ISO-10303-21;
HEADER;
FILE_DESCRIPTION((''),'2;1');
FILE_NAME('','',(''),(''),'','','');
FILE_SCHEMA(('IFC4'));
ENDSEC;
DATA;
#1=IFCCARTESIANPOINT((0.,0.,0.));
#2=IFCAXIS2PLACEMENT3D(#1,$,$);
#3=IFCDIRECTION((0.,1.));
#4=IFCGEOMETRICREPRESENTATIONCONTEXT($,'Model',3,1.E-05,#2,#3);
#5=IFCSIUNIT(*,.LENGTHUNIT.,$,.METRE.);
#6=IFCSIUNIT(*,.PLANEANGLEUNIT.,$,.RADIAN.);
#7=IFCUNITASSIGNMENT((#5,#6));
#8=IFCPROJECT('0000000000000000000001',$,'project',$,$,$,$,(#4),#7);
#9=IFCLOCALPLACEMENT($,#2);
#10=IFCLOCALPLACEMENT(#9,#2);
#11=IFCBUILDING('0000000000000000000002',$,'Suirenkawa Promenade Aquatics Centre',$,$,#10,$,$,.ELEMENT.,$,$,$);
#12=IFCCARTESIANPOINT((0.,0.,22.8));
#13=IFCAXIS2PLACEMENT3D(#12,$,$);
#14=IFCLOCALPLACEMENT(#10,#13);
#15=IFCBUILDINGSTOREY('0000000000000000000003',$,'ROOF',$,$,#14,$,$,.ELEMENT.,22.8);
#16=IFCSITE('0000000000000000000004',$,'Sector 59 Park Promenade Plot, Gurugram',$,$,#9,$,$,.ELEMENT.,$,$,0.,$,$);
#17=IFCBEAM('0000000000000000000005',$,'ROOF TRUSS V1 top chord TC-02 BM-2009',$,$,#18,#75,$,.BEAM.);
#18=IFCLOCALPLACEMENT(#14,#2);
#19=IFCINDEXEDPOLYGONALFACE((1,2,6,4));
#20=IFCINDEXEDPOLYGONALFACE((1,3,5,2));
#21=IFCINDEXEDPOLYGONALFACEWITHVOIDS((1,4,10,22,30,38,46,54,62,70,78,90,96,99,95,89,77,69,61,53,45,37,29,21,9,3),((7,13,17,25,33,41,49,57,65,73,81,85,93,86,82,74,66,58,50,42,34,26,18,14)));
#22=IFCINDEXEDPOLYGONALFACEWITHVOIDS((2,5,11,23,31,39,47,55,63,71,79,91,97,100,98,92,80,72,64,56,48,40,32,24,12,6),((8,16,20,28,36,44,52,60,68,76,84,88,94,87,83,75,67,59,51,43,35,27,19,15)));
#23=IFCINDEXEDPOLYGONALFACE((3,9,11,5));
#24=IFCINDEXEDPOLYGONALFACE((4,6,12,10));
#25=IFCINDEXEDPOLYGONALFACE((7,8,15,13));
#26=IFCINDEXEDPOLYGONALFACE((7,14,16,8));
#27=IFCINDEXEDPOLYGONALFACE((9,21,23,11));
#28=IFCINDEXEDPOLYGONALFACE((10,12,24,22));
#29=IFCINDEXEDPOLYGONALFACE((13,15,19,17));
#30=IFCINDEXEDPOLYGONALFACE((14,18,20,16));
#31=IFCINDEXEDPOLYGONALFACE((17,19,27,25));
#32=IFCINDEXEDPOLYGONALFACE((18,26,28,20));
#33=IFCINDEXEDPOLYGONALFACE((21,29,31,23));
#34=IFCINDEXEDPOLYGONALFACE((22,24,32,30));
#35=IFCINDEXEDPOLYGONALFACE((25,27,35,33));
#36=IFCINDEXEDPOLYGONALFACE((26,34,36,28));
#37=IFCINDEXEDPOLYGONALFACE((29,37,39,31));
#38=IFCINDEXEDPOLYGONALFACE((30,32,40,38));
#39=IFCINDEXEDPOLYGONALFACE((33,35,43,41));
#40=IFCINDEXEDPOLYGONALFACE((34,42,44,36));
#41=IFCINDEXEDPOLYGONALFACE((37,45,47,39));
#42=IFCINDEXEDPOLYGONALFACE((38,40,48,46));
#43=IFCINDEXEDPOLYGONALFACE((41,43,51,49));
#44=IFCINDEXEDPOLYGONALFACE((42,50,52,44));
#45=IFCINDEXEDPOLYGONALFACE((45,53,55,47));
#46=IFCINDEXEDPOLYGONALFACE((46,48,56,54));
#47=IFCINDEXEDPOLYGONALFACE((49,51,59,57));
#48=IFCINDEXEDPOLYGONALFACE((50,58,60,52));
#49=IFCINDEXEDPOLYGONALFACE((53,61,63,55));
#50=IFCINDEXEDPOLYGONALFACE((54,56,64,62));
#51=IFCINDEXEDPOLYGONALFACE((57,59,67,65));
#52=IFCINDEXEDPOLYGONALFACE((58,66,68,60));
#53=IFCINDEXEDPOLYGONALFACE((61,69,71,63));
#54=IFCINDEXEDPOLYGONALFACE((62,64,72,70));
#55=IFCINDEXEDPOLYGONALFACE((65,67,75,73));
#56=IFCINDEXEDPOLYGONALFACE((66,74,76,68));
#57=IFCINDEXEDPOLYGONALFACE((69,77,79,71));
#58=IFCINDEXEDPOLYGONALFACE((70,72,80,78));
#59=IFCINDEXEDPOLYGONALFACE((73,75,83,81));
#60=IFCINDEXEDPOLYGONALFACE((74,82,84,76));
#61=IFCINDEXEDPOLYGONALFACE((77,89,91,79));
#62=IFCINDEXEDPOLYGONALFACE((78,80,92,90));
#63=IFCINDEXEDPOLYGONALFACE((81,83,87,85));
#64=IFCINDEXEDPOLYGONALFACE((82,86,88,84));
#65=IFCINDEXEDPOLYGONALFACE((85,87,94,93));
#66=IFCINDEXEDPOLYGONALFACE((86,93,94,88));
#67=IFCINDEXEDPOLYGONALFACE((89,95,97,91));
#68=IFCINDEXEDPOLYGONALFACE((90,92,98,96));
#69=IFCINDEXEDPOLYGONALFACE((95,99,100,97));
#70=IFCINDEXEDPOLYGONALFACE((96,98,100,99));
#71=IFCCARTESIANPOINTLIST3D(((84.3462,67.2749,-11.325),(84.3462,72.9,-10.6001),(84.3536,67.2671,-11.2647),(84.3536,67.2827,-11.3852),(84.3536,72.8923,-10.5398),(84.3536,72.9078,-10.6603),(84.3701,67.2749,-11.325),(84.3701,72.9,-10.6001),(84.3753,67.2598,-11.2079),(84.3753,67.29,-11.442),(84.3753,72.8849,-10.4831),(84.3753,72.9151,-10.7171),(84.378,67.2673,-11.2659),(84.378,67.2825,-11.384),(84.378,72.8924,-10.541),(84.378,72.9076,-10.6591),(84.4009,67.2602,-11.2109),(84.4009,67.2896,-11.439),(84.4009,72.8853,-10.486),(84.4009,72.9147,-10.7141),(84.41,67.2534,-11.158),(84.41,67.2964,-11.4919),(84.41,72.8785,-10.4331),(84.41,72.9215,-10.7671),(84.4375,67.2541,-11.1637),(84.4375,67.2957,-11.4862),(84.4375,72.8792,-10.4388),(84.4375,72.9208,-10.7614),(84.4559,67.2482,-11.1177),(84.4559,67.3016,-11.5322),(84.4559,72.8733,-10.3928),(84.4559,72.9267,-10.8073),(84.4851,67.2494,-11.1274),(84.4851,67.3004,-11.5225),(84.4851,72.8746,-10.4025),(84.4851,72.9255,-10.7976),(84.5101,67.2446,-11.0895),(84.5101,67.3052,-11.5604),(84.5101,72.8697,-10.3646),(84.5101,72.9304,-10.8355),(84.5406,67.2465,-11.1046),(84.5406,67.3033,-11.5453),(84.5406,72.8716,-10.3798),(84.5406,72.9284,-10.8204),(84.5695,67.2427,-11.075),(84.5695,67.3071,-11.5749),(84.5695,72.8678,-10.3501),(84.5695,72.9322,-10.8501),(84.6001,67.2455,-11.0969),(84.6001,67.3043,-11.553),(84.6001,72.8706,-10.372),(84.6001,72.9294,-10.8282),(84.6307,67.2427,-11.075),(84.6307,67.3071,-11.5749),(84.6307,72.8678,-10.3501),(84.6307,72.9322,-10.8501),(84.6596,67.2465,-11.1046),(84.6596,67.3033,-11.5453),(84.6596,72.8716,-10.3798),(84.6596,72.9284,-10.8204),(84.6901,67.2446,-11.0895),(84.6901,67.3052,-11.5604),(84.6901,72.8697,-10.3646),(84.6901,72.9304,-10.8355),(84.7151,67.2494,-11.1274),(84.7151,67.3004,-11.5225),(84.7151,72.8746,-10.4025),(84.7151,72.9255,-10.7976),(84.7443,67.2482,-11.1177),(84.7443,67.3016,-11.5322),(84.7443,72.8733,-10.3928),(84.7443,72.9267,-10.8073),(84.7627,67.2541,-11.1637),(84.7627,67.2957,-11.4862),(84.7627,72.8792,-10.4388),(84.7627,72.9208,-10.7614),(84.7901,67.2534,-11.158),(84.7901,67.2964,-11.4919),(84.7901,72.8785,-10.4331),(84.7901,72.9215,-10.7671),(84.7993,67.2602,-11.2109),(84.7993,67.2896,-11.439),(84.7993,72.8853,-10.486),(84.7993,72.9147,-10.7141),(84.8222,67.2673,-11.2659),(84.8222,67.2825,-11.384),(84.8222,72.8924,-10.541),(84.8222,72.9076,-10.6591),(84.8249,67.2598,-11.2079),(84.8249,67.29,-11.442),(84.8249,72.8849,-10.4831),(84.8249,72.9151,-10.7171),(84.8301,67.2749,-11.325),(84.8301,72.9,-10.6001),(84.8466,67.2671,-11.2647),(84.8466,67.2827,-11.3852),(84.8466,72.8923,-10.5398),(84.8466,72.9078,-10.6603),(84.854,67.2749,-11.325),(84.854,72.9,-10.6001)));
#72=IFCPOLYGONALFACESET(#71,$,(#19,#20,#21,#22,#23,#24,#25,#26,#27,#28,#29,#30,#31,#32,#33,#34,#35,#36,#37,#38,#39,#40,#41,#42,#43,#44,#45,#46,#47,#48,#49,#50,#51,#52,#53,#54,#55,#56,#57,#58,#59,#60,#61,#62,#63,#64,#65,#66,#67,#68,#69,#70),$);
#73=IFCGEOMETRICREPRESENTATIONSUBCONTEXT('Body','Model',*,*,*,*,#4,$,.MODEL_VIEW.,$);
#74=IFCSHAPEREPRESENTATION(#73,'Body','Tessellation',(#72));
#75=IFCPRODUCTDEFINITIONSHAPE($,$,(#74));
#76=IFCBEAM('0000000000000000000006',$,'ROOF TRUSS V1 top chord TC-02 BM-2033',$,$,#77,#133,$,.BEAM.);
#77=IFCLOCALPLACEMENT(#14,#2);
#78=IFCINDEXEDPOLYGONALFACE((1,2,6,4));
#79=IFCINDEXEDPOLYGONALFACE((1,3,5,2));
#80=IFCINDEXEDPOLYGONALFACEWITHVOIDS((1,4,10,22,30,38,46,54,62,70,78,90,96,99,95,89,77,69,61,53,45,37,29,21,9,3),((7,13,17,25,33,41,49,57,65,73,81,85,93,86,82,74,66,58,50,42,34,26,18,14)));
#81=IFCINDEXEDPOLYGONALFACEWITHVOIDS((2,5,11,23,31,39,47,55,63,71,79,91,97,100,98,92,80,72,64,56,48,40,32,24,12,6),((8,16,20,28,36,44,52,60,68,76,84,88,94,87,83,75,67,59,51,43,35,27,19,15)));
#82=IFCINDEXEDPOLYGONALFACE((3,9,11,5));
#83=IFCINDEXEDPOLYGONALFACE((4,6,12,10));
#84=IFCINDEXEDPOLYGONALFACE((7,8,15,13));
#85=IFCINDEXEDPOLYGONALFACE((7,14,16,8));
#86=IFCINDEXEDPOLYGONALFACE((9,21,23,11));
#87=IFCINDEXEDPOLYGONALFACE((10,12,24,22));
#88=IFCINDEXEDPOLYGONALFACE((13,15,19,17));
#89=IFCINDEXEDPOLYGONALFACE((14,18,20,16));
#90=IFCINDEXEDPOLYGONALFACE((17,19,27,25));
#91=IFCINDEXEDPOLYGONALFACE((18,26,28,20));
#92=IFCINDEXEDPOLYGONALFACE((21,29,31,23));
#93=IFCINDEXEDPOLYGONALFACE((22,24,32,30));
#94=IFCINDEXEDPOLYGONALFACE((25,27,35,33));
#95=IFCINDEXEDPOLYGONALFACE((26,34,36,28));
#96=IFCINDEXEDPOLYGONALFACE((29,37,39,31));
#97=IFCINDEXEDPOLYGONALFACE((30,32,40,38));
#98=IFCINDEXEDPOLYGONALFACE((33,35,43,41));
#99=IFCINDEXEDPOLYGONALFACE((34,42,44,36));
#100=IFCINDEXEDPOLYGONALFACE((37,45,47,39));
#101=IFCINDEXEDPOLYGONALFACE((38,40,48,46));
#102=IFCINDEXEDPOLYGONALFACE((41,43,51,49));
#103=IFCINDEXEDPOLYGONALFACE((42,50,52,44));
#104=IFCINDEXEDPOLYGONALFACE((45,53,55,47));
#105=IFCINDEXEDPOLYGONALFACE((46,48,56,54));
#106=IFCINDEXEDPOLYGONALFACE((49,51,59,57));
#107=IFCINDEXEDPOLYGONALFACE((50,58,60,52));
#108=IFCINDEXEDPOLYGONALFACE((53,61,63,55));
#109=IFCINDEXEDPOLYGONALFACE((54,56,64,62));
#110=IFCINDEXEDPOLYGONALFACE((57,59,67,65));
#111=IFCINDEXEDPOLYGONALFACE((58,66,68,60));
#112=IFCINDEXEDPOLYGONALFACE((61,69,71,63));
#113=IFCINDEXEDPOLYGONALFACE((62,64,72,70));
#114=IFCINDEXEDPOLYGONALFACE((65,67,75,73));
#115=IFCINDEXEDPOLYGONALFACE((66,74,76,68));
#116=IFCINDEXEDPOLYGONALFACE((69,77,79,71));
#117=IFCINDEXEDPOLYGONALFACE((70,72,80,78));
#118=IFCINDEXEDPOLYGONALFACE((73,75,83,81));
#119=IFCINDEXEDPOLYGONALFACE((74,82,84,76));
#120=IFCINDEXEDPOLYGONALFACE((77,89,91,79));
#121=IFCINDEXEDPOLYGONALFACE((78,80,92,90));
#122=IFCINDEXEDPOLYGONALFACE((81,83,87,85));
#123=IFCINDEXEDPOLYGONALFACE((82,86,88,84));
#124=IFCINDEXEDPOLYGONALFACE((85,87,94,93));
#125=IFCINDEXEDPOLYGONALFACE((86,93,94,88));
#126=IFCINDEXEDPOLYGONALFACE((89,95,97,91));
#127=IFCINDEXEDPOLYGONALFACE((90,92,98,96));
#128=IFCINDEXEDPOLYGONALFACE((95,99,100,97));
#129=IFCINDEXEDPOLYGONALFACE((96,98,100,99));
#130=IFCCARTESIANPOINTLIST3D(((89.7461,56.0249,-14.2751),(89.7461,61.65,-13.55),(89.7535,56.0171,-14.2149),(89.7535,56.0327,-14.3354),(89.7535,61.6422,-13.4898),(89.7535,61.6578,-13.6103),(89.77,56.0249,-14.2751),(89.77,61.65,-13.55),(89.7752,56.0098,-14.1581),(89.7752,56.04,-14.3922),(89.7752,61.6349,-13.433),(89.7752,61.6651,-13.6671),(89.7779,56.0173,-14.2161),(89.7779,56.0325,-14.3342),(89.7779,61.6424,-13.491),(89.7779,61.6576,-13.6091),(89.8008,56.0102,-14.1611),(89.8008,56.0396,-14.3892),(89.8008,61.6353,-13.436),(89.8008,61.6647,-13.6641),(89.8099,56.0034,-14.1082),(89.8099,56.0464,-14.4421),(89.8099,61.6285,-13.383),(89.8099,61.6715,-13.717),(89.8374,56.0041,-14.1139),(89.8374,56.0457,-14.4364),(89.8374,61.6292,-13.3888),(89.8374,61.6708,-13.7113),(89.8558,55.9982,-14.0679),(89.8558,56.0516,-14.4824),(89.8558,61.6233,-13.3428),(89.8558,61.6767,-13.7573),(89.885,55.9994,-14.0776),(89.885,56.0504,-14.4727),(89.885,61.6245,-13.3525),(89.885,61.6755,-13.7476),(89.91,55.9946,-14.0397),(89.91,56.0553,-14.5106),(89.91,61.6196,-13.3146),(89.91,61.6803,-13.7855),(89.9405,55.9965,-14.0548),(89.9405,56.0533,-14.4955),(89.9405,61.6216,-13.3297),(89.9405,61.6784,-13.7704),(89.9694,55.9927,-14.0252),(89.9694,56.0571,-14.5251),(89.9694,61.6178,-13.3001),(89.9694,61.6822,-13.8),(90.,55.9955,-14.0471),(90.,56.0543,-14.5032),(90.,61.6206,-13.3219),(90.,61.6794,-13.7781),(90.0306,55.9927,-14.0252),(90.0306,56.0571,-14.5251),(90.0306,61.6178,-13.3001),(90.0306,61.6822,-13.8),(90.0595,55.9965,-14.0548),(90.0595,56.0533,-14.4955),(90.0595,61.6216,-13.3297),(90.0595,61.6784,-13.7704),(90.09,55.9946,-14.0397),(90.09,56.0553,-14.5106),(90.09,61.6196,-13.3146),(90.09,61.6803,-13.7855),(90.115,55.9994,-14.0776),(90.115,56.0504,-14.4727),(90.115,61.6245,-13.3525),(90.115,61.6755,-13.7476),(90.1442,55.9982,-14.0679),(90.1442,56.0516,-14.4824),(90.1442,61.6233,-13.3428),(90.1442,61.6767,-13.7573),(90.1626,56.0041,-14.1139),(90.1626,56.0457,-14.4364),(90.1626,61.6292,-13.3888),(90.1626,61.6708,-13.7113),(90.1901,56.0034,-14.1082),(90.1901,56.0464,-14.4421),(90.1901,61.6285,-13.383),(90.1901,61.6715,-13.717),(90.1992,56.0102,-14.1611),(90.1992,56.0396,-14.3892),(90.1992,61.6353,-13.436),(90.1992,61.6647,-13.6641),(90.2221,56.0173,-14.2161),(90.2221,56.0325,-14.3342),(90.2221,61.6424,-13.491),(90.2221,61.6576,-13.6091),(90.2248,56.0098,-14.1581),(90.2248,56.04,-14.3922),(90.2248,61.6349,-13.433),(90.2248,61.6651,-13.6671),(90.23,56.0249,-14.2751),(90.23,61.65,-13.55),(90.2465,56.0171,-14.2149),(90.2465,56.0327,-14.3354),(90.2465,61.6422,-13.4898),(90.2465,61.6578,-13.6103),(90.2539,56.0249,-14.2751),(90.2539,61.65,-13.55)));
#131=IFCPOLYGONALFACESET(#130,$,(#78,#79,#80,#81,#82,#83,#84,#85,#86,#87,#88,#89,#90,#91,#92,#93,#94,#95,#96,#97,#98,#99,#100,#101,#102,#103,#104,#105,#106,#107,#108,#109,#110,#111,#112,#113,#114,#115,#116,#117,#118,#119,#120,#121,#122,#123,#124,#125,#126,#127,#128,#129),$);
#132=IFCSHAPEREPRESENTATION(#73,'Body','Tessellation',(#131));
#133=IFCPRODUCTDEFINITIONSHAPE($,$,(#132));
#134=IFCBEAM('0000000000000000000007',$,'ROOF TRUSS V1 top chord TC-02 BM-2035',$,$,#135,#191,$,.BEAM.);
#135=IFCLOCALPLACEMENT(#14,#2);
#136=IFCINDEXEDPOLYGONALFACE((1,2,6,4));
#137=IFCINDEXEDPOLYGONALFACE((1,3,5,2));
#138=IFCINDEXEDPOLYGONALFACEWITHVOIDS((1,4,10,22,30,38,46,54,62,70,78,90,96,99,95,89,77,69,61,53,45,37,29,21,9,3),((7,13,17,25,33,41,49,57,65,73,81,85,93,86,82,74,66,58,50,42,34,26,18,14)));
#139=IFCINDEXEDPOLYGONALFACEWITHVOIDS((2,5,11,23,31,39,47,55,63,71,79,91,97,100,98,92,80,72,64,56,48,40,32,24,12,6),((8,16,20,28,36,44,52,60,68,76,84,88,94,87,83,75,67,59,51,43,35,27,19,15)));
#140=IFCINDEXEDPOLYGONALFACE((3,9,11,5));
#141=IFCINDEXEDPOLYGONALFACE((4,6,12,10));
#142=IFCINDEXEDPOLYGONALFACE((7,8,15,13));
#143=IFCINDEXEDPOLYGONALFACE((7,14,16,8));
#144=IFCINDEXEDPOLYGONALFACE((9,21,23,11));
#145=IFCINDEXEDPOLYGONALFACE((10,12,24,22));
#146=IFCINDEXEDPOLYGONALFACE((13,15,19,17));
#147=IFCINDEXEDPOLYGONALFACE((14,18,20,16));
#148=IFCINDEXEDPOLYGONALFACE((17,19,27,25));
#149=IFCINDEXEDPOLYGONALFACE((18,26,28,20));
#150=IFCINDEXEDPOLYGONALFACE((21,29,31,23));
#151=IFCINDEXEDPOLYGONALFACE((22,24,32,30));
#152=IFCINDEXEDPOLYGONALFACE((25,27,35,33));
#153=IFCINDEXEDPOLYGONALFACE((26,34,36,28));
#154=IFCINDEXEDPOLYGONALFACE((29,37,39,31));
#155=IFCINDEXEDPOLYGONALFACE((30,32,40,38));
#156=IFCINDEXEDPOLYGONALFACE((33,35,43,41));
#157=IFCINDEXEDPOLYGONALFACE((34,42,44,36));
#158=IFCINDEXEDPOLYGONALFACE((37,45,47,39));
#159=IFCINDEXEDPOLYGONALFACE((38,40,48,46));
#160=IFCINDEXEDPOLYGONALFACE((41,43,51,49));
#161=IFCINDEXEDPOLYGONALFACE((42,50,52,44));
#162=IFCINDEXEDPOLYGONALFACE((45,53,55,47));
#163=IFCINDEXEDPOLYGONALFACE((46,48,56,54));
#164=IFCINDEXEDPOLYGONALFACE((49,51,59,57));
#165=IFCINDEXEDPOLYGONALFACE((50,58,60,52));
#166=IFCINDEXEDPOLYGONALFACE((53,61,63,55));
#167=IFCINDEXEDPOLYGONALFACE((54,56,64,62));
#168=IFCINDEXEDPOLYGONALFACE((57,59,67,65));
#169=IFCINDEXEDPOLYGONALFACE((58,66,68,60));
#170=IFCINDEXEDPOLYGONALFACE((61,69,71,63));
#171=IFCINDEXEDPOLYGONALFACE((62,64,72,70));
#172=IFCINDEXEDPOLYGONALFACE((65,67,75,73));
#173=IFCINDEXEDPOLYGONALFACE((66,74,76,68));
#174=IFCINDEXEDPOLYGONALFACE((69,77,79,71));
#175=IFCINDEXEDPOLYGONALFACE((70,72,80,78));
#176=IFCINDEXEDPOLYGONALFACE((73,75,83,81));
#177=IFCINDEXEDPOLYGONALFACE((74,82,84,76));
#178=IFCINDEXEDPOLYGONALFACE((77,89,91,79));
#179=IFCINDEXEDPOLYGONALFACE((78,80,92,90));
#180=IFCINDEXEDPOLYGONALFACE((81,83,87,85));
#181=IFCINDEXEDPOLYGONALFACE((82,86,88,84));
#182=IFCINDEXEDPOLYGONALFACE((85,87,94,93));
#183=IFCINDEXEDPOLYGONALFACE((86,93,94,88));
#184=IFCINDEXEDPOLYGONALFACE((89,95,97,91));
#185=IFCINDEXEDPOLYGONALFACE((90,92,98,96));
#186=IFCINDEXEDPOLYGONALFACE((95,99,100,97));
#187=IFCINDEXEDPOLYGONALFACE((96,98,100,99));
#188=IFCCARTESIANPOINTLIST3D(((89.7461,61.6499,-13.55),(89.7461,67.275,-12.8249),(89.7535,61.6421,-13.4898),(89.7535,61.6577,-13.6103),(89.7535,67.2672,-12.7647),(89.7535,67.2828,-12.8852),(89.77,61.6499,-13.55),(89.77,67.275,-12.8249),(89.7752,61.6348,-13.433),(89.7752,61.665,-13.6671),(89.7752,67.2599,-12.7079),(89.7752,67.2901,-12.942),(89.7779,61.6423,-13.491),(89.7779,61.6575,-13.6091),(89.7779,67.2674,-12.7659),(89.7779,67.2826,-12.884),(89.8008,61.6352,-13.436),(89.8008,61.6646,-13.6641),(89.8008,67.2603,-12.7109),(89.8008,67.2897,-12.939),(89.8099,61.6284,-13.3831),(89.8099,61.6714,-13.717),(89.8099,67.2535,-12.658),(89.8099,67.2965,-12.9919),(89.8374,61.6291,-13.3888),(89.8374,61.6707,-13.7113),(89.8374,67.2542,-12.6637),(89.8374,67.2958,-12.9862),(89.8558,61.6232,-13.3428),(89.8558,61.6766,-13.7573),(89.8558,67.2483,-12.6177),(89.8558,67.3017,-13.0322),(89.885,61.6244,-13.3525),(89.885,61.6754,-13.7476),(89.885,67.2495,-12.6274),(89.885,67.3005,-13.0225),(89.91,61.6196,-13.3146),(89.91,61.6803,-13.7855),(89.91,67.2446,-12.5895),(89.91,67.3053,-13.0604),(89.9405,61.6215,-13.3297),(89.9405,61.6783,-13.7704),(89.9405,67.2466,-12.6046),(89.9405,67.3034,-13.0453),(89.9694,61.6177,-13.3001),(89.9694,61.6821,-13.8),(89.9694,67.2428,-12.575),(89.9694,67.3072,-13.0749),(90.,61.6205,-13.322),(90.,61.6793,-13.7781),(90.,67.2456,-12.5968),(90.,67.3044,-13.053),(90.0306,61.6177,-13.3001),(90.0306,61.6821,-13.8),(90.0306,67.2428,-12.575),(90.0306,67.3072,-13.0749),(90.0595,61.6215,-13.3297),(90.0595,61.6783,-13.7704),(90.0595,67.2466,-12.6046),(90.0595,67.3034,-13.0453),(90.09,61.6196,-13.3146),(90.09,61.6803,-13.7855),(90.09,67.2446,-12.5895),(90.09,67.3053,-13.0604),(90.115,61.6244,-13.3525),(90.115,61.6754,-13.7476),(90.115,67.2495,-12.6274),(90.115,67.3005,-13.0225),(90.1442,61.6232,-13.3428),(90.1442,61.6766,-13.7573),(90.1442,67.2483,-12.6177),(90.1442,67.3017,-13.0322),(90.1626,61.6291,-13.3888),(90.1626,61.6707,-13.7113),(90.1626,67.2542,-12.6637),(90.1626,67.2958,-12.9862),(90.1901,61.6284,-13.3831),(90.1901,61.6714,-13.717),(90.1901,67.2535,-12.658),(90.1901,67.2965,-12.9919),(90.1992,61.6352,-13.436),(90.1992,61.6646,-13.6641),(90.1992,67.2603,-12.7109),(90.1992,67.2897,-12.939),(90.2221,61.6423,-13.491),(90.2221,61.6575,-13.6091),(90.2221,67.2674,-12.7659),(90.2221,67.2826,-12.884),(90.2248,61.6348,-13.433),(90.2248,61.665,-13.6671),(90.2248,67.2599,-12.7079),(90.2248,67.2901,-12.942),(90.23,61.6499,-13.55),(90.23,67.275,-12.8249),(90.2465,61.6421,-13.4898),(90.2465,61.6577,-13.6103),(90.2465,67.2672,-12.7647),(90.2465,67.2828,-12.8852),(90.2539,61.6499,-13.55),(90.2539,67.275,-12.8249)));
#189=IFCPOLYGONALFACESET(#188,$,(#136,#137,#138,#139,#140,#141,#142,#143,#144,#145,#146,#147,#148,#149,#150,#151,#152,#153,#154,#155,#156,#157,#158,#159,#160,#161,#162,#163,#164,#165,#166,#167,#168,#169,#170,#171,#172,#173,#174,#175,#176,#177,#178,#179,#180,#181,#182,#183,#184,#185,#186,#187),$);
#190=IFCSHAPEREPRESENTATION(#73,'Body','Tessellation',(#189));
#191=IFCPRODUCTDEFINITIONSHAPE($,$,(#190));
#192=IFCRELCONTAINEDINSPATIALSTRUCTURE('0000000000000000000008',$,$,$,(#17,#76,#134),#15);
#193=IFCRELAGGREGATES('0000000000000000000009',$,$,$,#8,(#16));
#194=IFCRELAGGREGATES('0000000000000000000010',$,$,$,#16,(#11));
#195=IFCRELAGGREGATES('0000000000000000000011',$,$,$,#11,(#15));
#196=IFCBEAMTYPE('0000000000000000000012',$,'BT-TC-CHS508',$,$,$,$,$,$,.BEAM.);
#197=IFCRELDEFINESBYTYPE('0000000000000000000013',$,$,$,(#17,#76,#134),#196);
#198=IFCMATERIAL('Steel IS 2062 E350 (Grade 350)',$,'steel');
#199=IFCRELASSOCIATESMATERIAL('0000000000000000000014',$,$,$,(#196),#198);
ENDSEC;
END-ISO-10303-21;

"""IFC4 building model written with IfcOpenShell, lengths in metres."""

from ifc_helpers import new_model, si_unit, direction, frame, origin, origin_2d, place, context, subcontext, project, spatial, hollow_circle, extrude, material, material_profile, profile_set, type_object, element, save


model = new_model("IFC4")

# Units and contexts
model_context = context("Model", 3, precision=1e-05, world=origin(), true_north=direction((0.0, 1.0)))
body_context = subcontext(model_context, "Body", "Model", "MODEL_VIEW")
ifc_project = project(units=[si_unit("LENGTHUNIT", "METRE"), si_unit("PLANEANGLEUNIT", "RADIAN")], contexts=[model_context])

# Site, building, storey
site_placement = place(None, origin())
site = spatial("IfcSite", under=ifc_project, at=site_placement, Name="Sector 59 Park Promenade Plot, Gurugram", CompositionType="ELEMENT", RefElevation=0.0)
building_placement = place(site_placement, origin())
building = spatial("IfcBuilding", under=site, at=building_placement, Name="Suirenkawa Promenade Aquatics Centre", CompositionType="ELEMENT")
storey_placement = place(building_placement, frame((0.0, 0.0, 22.8)))
storey = spatial("IfcBuildingStorey", under=building, at=storey_placement, Name="ROOF", CompositionType="ELEMENT", Elevation=22.8)

# Beams
ifc_material = material(Name="Steel IS 2062 E350 (Grade 350)", Category="steel")
ifc_material_profile_1 = material_profile(ifc_material, hollow_circle(Radius=0.2539, WallThickness=0.0239, at=origin_2d()), Name="CHS 508x24", Category="steel")
ifc_profile_set_1 = profile_set([ifc_material_profile_1], Name="Steel IS 2062 E350 (Grade 350)")
beam_type_1 = type_object("IfcBeamType", Name="BT-TC-CHS508", PredefinedType="BEAM", material=ifc_profile_set_1)
for number, where, z_axis, x_axis, name in (
    (1, (84.6001, 67.2749, -11.325), (0.0, 0.991799, 0.127806), (-1.0, 0.0, 0.0), "ROOF TRUSS V1 top chord TC-02 BM-2009"),
    (2, (90.0, 56.0249, -14.2751), (0.0, 0.991794, 0.127848), (-1.0, 0.0, 0.0), "ROOF TRUSS V1 top chord TC-02 BM-2033"),
    (3, (90.0, 61.6499, -13.55), (0.0, 0.991794, 0.127848), (-1.0, 0.0, 0.0), "ROOF TRUSS V1 top chord TC-02 BM-2035"),
):
    element("IfcBeam", number, at=place(storey_placement, frame(where, z_axis=z_axis, x_axis=x_axis)), inside=storey, type_object=beam_type_1, Name=name, PredefinedType="BEAM", context=body_context, shape_type="SweptSolid", body=[
        extrude(hollow_circle(Radius=0.2539, WallThickness=0.0239, at=origin_2d()), origin(), (0.0, 0.0, 1.0), 5.6716),
    ])

save(model, "model.ifc")
